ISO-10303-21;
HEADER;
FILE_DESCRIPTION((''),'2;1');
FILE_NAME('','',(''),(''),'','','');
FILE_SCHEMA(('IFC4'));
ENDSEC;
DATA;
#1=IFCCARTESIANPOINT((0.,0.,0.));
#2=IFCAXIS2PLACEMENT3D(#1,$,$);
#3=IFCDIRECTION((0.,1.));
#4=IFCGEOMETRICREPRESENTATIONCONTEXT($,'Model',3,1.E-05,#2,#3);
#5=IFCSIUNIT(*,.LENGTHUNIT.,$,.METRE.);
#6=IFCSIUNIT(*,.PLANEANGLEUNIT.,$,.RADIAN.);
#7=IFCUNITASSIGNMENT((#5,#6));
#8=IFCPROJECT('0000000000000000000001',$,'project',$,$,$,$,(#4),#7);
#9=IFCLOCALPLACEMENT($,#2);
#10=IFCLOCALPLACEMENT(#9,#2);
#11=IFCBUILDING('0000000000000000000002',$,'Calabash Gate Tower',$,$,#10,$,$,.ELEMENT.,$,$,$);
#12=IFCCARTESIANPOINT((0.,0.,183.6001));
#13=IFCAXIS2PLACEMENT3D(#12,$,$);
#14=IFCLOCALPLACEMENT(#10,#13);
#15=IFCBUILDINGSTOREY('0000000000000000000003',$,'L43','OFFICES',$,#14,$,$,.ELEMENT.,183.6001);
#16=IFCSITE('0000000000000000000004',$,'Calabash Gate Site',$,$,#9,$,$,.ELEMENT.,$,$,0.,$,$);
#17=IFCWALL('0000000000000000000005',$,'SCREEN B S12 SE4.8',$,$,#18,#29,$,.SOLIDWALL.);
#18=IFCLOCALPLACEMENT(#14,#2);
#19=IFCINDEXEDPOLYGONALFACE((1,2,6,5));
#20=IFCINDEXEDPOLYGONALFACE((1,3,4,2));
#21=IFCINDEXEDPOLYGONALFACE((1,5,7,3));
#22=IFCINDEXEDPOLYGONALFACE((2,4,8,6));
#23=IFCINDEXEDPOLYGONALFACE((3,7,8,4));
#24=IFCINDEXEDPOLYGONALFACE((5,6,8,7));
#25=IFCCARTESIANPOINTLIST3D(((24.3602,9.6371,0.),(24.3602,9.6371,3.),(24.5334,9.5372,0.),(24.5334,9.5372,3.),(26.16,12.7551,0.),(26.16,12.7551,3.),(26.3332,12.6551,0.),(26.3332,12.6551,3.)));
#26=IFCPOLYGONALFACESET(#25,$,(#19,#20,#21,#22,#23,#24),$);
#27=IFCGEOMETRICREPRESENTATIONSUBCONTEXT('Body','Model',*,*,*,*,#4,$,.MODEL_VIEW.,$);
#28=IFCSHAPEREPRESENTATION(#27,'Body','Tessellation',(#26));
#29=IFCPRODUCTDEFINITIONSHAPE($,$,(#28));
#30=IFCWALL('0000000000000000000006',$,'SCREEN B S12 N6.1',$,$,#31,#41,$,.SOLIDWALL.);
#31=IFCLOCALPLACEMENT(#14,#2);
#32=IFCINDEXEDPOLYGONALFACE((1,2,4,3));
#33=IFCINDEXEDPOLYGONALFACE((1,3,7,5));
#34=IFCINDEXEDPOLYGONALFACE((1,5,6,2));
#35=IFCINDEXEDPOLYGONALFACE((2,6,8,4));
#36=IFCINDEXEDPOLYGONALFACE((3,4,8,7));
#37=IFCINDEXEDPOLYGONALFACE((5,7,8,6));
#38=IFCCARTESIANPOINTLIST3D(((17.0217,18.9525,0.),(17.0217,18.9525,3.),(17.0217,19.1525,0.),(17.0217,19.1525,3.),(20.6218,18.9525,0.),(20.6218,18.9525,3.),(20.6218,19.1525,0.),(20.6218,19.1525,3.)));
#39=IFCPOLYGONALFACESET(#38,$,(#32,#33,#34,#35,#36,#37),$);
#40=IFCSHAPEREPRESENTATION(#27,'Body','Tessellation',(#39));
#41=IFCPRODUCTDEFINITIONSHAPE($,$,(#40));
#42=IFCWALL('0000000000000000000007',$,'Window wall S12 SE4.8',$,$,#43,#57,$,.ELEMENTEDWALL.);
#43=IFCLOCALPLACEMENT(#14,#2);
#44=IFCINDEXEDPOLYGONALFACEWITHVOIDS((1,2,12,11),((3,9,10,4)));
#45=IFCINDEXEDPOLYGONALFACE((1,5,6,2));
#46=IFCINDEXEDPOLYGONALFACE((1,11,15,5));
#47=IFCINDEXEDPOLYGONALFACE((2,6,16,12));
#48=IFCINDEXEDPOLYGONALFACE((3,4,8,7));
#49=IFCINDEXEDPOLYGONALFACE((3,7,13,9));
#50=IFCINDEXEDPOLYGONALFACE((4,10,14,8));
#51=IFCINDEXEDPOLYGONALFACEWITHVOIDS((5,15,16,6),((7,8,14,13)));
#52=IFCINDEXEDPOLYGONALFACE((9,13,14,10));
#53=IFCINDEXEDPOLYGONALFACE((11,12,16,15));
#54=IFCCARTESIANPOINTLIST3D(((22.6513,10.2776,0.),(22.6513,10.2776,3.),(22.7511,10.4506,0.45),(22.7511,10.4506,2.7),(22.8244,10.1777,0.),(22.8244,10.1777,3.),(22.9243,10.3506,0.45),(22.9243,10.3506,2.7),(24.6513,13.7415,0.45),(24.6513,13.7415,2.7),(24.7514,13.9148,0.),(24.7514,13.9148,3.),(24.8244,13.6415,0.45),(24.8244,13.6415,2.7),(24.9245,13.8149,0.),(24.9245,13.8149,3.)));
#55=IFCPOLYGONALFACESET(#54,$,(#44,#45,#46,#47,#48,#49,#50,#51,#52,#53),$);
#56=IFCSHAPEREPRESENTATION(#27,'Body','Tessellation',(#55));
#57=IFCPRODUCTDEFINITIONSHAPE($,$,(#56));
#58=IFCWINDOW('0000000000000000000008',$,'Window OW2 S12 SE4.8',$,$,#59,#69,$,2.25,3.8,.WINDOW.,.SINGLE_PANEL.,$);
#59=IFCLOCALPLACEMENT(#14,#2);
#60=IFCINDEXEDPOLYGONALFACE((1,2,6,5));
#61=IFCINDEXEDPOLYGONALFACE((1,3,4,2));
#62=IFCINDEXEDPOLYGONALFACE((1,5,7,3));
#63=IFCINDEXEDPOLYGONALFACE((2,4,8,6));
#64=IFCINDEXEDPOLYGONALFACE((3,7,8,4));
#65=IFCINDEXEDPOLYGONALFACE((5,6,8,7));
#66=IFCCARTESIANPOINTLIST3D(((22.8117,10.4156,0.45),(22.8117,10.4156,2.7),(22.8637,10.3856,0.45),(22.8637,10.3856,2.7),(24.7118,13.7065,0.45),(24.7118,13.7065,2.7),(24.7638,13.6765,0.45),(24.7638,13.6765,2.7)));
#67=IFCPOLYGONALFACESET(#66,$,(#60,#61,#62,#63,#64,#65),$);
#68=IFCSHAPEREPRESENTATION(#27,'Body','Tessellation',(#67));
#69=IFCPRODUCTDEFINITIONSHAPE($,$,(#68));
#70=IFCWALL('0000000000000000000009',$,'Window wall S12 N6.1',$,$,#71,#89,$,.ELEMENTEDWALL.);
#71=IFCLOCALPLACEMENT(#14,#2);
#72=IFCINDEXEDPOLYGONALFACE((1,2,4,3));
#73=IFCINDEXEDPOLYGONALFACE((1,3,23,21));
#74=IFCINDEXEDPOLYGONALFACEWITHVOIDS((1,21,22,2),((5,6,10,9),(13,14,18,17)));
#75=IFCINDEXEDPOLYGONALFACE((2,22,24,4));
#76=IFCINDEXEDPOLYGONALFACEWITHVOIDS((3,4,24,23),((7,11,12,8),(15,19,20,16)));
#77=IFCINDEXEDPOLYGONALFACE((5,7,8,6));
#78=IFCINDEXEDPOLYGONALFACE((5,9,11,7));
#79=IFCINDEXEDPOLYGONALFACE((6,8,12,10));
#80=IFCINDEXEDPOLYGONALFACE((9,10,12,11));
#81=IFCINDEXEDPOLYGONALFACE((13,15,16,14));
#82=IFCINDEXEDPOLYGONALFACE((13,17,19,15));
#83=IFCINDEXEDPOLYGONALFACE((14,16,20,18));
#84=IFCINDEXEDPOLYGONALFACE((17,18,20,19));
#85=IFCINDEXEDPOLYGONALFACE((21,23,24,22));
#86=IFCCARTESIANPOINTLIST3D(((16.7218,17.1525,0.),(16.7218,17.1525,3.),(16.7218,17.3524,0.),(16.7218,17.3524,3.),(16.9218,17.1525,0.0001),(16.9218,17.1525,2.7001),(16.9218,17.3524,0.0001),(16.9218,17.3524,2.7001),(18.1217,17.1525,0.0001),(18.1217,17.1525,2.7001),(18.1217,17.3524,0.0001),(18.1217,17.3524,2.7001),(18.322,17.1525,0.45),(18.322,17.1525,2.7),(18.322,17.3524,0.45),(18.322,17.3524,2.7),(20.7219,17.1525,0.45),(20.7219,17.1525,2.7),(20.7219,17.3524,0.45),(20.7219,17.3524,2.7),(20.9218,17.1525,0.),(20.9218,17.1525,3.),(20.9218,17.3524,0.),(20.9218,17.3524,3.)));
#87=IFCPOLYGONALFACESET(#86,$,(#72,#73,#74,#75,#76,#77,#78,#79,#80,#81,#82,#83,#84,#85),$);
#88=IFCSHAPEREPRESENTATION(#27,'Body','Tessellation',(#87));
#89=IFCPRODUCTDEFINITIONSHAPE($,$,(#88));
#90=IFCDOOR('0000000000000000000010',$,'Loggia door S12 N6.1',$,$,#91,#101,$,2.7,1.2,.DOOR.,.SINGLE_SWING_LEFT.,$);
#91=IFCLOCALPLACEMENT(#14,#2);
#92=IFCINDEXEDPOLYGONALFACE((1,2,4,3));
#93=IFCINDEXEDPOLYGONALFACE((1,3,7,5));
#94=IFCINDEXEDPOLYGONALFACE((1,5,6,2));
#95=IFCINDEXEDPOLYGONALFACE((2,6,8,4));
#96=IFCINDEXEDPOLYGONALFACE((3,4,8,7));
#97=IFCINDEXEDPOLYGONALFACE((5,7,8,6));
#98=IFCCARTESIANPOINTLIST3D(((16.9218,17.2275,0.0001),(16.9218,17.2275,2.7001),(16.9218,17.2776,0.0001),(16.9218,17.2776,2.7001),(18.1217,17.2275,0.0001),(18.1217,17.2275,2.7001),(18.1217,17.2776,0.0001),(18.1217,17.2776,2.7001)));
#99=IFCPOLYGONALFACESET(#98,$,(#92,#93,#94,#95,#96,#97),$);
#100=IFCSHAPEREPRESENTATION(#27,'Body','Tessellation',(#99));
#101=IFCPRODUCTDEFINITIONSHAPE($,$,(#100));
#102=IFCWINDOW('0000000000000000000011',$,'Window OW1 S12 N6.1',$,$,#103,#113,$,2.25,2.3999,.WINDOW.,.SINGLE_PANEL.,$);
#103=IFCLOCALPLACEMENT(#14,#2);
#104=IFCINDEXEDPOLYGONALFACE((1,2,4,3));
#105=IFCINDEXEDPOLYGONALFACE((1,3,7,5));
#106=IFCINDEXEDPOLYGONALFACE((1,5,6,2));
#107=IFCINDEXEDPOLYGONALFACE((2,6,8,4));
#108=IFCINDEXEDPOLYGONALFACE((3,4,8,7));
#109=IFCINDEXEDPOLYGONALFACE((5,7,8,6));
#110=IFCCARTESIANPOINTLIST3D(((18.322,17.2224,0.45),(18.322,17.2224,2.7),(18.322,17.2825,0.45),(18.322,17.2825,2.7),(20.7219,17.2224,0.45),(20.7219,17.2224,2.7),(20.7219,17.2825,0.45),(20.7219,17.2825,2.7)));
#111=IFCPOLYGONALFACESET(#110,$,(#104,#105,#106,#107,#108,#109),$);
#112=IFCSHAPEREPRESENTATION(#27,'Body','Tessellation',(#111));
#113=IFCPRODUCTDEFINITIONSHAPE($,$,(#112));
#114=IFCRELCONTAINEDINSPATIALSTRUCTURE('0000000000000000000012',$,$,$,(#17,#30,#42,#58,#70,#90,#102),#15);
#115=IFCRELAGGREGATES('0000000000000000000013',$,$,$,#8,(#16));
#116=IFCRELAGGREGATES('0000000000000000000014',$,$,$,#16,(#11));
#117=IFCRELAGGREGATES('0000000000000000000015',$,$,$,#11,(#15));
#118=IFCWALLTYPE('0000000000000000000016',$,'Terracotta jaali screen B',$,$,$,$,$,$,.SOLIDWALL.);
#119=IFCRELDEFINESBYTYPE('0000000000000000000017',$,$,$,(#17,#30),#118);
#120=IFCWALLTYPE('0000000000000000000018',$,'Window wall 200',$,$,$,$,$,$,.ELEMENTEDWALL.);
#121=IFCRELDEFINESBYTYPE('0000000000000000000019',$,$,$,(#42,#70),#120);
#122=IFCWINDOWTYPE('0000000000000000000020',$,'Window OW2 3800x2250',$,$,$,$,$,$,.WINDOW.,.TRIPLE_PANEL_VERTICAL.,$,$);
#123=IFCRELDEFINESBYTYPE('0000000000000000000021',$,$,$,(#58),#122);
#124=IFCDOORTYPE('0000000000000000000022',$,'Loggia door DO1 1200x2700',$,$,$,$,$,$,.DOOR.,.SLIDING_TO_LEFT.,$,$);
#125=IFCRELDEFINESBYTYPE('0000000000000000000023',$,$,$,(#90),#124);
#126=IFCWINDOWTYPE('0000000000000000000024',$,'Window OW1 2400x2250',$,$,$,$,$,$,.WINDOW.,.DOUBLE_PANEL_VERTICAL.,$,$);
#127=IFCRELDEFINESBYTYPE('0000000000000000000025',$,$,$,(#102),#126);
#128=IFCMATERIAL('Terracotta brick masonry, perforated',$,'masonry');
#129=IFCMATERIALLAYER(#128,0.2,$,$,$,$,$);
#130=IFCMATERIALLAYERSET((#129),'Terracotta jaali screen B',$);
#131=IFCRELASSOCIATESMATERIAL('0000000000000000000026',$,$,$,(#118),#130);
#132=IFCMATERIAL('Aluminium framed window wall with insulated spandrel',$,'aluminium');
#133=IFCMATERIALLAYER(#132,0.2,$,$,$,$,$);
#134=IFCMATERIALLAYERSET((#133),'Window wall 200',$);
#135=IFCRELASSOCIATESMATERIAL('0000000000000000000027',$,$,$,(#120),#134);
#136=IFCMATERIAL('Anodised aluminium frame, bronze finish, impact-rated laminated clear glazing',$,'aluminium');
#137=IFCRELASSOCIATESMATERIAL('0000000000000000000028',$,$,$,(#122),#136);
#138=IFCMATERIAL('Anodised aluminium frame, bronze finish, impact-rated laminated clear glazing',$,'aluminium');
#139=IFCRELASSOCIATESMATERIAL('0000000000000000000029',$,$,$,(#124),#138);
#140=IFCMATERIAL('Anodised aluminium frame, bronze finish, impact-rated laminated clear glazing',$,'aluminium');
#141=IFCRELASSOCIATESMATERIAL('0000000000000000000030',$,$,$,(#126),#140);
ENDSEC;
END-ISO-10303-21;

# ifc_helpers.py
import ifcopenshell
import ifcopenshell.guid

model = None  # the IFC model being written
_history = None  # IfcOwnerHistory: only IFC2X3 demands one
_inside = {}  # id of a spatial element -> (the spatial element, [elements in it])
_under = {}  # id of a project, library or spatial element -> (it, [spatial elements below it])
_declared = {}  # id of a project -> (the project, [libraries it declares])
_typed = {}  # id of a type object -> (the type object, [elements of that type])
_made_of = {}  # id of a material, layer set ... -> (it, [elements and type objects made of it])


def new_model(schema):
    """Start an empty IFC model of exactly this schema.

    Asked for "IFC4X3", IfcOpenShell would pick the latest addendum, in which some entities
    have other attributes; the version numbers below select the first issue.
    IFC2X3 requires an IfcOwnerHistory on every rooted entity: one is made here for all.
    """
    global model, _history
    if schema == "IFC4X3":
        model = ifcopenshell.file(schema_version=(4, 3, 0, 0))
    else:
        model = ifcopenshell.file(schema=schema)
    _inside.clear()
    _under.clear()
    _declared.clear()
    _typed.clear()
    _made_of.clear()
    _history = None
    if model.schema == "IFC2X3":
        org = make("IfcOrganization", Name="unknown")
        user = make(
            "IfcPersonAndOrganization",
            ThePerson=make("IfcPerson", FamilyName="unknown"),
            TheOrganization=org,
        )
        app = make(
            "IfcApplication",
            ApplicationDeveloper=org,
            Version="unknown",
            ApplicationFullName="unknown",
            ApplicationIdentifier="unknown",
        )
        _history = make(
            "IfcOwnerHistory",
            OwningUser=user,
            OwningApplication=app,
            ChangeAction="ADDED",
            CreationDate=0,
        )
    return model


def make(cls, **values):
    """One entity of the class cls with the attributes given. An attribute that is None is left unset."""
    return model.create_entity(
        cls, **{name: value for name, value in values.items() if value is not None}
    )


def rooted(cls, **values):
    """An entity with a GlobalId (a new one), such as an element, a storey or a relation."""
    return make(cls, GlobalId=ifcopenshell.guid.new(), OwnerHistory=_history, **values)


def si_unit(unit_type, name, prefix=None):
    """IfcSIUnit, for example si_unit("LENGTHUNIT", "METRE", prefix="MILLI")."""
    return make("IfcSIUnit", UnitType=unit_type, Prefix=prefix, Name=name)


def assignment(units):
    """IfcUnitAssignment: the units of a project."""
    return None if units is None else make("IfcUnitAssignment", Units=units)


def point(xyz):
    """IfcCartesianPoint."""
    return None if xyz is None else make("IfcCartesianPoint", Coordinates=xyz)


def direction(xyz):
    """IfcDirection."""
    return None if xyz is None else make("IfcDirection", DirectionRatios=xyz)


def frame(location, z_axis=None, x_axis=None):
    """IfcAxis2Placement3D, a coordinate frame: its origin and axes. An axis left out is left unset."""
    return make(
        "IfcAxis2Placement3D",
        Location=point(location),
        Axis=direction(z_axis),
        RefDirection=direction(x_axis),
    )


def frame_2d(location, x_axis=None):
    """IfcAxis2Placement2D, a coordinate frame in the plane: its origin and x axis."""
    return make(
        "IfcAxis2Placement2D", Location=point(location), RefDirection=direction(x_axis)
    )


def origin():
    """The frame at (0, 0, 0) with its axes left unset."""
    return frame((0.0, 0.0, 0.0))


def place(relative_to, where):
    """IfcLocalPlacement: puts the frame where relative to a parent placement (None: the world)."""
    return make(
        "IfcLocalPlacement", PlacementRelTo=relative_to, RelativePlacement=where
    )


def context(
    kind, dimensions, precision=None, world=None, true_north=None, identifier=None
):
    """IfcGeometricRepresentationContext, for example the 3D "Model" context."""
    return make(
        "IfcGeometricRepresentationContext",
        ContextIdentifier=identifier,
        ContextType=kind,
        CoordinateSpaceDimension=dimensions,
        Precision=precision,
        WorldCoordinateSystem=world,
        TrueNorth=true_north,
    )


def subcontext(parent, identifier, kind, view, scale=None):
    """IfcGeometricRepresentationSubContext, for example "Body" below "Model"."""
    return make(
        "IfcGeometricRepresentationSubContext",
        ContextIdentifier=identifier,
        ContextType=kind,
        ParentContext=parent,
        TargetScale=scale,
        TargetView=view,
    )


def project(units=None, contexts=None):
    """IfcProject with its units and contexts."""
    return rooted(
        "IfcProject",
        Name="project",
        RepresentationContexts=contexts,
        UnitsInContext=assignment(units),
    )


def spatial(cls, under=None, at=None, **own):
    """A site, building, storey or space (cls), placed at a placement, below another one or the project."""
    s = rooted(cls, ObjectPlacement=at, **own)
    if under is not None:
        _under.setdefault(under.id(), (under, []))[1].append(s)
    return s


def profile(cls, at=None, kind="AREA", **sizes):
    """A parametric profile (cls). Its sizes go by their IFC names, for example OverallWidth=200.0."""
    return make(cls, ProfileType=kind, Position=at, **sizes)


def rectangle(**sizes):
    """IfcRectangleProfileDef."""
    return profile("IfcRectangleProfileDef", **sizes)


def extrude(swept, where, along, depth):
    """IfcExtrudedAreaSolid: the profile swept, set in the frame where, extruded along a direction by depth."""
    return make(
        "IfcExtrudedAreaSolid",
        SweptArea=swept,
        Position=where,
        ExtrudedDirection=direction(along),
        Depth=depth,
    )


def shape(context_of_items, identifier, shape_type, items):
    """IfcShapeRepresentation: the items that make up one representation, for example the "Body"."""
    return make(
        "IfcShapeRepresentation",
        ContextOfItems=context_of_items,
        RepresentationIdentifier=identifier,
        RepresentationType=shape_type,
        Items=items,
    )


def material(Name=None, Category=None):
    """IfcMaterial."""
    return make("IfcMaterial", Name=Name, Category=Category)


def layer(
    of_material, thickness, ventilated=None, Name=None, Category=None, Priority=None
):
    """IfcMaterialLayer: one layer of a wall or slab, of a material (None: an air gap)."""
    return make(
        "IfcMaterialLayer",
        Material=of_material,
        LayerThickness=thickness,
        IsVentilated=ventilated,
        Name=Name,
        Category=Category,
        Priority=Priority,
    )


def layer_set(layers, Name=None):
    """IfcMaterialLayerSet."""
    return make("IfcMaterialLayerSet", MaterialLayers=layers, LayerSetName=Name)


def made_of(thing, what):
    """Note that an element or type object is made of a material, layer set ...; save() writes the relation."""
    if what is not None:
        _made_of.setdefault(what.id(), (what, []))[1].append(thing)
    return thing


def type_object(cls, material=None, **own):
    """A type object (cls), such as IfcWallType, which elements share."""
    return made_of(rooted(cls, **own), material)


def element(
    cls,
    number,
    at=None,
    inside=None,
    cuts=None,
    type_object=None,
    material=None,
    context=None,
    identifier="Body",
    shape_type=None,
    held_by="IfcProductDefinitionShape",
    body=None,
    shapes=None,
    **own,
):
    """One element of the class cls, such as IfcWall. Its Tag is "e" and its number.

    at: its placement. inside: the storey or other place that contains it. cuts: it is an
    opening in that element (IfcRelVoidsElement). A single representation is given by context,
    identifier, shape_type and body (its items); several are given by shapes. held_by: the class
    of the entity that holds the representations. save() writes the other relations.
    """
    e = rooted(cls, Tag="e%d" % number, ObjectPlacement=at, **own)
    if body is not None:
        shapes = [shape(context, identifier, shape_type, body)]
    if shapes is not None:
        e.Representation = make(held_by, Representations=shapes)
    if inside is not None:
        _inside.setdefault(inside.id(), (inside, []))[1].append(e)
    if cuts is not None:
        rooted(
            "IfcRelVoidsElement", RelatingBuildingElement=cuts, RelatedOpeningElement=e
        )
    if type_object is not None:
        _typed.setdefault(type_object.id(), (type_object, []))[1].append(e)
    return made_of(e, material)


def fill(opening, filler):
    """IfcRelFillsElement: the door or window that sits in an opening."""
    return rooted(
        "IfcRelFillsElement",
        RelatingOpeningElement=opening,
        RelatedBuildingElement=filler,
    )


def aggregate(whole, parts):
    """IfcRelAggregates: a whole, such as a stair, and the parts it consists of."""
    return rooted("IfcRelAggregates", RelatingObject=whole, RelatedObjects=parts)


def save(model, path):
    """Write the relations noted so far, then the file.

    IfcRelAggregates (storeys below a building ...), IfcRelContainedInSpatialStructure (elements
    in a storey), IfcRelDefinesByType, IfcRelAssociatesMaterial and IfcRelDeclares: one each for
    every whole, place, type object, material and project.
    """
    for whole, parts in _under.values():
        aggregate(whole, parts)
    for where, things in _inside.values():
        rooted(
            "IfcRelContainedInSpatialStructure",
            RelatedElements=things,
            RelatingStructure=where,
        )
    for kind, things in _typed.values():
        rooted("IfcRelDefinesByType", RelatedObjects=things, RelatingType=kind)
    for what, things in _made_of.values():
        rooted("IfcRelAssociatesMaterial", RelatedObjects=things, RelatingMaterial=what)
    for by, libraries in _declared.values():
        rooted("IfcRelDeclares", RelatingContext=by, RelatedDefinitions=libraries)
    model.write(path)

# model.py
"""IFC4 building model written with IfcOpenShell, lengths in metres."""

from ifc_helpers import new_model, si_unit, direction, frame, frame_2d, origin, place, context, subcontext, project, spatial, rectangle, extrude, material, layer, layer_set, type_object, element, fill, save


model = new_model("IFC4")

# Units and contexts
model_context = context("Model", 3, precision=1e-05, world=origin(), true_north=direction((0.0, 1.0)))
body_context = subcontext(model_context, "Body", "Model", "MODEL_VIEW")
ifc_project = project(units=[si_unit("LENGTHUNIT", "METRE"), si_unit("PLANEANGLEUNIT", "RADIAN")], contexts=[model_context])

# Site, building, storey
site_placement = place(None, origin())
site = spatial("IfcSite", under=ifc_project, at=site_placement, Name="Calabash Gate Site", CompositionType="ELEMENT", RefElevation=0.0)
building_placement = place(site_placement, origin())
building = spatial("IfcBuilding", under=site, at=building_placement, Name="Calabash Gate Tower", CompositionType="ELEMENT")
storey_placement = place(building_placement, frame((0.0, 0.0, 183.6001)))
storey = spatial("IfcBuildingStorey", under=building, at=storey_placement, Name="L43", Description="OFFICES", CompositionType="ELEMENT", Elevation=183.6001)

# Walls
ifc_material_1 = material(Name="Terracotta brick masonry, perforated", Category="masonry")
ifc_layer_1 = layer(ifc_material_1, 0.2)
ifc_layer_set_1 = layer_set([ifc_layer_1], Name="Terracotta jaali screen B")
wall_type_1 = type_object("IfcWallType", Name="Terracotta jaali screen B", PredefinedType="SOLIDWALL", material=ifc_layer_set_1)
for number, where, z_axis, x_axis, name in (
    (1, (24.4468, 9.5872, 0.0), (0.0, 0.0, 1.0), (0.499932, 0.866065, 0.0), "SCREEN B S12 SE4.8"),
    (2, (20.6218, 19.0525, 0.0), (0.0, 0.0, 1.0), (-1.0, 0.0, 0.0), "SCREEN B S12 N6.1"),
):
    element("IfcWall", number, at=place(storey_placement, frame(where, z_axis=z_axis, x_axis=x_axis)), inside=storey, type_object=wall_type_1, Name=name, PredefinedType="SOLIDWALL", context=body_context, shape_type="SweptSolid", body=[
        extrude(rectangle(XDim=3.6001, YDim=0.2, at=frame_2d((1.8, 0.0))), origin(), (0.0, 0.0, 1.0), 3.0),
    ])

# Wall, opening, window
ifc_material_2 = material(Name="Aluminium framed window wall with insulated spandrel", Category="aluminium")
ifc_layer_2 = layer(ifc_material_2, 0.2)
ifc_layer_set_2 = layer_set([ifc_layer_2], Name="Window wall 200")
wall_type_2 = type_object("IfcWallType", Name="Window wall 200", PredefinedType="ELEMENTEDWALL", material=ifc_layer_set_2)
wall_1_placement = place(storey_placement, frame((22.7378, 10.2275, 0.0), z_axis=(0.0, 0.0, 1.0), x_axis=(0.500028, 0.866009, 0.0)))
wall_1 = element("IfcWall", 3, at=wall_1_placement, inside=storey, type_object=wall_type_2, Name="Window wall S12 SE4.8", PredefinedType="ELEMENTEDWALL", context=body_context, shape_type="SweptSolid", body=[
    extrude(rectangle(XDim=4.2, YDim=0.2, at=frame_2d((2.1001, 0.0))), origin(), (0.0, 0.0, 1.0), 3.0),
])
opening_1_placement = place(wall_1_placement, frame((0.2, 0.0, 0.45)))
opening_1 = element("IfcOpeningElement", 4, at=opening_1_placement, cuts=wall_1, PredefinedType="OPENING", context=body_context, shape_type="SweptSolid", body=[
    extrude(rectangle(XDim=3.8, YDim=2.25, at=frame_2d((1.8999, 1.125))), frame((0.0, 0.1099, 0.0), z_axis=(0.0, -1.0, 0.0), x_axis=(1.0, 0.0, 0.0)), (0.0, 0.0, 1.0), 0.22),
])
ifc_material_3 = material(Name="Anodised aluminium frame, bronze finish, impact-rated laminated clear glazing", Category="aluminium")
window_type_1 = type_object("IfcWindowType", Name="Window OW2 3800x2250", PartitioningType="TRIPLE_PANEL_VERTICAL", PredefinedType="WINDOW", material=ifc_material_3)
window_1_placement = place(opening_1_placement, origin())
window_1 = element("IfcWindow", 5, at=window_1_placement, inside=storey, type_object=window_type_1, Name="Window OW2 S12 SE4.8", OverallHeight=2.25, OverallWidth=3.8, PartitioningType="SINGLE_PANEL", PredefinedType="WINDOW", context=body_context, shape_type="SweptSolid", body=[
    extrude(rectangle(XDim=3.8, YDim=2.25, at=frame_2d((1.8999, 1.125))), frame((0.0, 0.03, 0.0), z_axis=(0.0, -1.0, 0.0), x_axis=(1.0, 0.0, 0.0)), (0.0, 0.0, 1.0), 0.0601),
])
fill(opening_1, window_1)

# Wall, openings, door, window
wall_2_placement = place(storey_placement, frame((20.9219, 17.2524, 0.0), z_axis=(0.0, 0.0, 1.0), x_axis=(-1.0, 0.0, 0.0)))
wall_2 = element("IfcWall", 6, at=wall_2_placement, inside=storey, type_object=wall_type_2, Name="Window wall S12 N6.1", PredefinedType="ELEMENTEDWALL", context=body_context, shape_type="SweptSolid", body=[
    extrude(rectangle(XDim=4.2, YDim=0.2, at=frame_2d((2.1001, 0.0))), origin(), (0.0, 0.0, 1.0), 3.0),
])
opening_2_placement = place(wall_2_placement, frame((0.2, 0.0, 0.45)))
opening_2 = element("IfcOpeningElement", 7, at=opening_2_placement, cuts=wall_2, PredefinedType="OPENING", context=body_context, shape_type="SweptSolid", body=[
    extrude(rectangle(XDim=2.3999, YDim=2.25, at=frame_2d((1.2, 1.125))), frame((0.0, 0.1099, 0.0), z_axis=(0.0, -1.0, 0.0), x_axis=(1.0, 0.0, 0.0)), (0.0, 0.0, 1.0), 0.22),
])
opening_3_placement = place(wall_2_placement, frame((2.8, 0.0, 0.0)))
opening_3 = element("IfcOpeningElement", 8, at=opening_3_placement, cuts=wall_2, PredefinedType="OPENING", context=body_context, shape_type="SweptSolid", body=[
    extrude(rectangle(XDim=1.2, YDim=2.7, at=frame_2d((0.6001, 1.3501))), frame((0.0, 0.1099, 0.0), z_axis=(0.0, -1.0, 0.0), x_axis=(1.0, 0.0, 0.0)), (0.0, 0.0, 1.0), 0.22),
])
ifc_material_4 = material(Name="Anodised aluminium frame, bronze finish, impact-rated laminated clear glazing", Category="aluminium")
door_type_1 = type_object("IfcDoorType", Name="Loggia door DO1 1200x2700", OperationType="SLIDING_TO_LEFT", PredefinedType="DOOR", material=ifc_material_4)
door_1_placement = place(opening_3_placement, origin())
door_1 = element("IfcDoor", 9, at=door_1_placement, inside=storey, type_object=door_type_1, Name="Loggia door S12 N6.1", OperationType="SINGLE_SWING_LEFT", OverallHeight=2.7, OverallWidth=1.2, PredefinedType="DOOR", context=body_context, shape_type="SweptSolid", body=[
    extrude(rectangle(XDim=1.2, YDim=2.7, at=frame_2d((0.6001, 1.3501))), frame((0.0, 0.0249, 0.0), z_axis=(0.0, -1.0, 0.0), x_axis=(1.0, 0.0, 0.0)), (0.0, 0.0, 1.0), 0.05),
])
fill(opening_3, door_1)
ifc_material_5 = material(Name="Anodised aluminium frame, bronze finish, impact-rated laminated clear glazing", Category="aluminium")
window_type_2 = type_object("IfcWindowType", Name="Window OW1 2400x2250", PartitioningType="DOUBLE_PANEL_VERTICAL", PredefinedType="WINDOW", material=ifc_material_5)
window_2_placement = place(opening_2_placement, origin())
window_2 = element("IfcWindow", 10, at=window_2_placement, inside=storey, type_object=window_type_2, Name="Window OW1 S12 N6.1", OverallHeight=2.25, OverallWidth=2.3999, PartitioningType="SINGLE_PANEL", PredefinedType="WINDOW", context=body_context, shape_type="SweptSolid", body=[
    extrude(rectangle(XDim=2.3999, YDim=2.25, at=frame_2d((1.2, 1.125))), frame((0.0, 0.03, 0.0), z_axis=(0.0, -1.0, 0.0), x_axis=(1.0, 0.0, 0.0)), (0.0, 0.0, 1.0), 0.0601),
])
fill(opening_2, window_2)

save(model, "model.ifc")
